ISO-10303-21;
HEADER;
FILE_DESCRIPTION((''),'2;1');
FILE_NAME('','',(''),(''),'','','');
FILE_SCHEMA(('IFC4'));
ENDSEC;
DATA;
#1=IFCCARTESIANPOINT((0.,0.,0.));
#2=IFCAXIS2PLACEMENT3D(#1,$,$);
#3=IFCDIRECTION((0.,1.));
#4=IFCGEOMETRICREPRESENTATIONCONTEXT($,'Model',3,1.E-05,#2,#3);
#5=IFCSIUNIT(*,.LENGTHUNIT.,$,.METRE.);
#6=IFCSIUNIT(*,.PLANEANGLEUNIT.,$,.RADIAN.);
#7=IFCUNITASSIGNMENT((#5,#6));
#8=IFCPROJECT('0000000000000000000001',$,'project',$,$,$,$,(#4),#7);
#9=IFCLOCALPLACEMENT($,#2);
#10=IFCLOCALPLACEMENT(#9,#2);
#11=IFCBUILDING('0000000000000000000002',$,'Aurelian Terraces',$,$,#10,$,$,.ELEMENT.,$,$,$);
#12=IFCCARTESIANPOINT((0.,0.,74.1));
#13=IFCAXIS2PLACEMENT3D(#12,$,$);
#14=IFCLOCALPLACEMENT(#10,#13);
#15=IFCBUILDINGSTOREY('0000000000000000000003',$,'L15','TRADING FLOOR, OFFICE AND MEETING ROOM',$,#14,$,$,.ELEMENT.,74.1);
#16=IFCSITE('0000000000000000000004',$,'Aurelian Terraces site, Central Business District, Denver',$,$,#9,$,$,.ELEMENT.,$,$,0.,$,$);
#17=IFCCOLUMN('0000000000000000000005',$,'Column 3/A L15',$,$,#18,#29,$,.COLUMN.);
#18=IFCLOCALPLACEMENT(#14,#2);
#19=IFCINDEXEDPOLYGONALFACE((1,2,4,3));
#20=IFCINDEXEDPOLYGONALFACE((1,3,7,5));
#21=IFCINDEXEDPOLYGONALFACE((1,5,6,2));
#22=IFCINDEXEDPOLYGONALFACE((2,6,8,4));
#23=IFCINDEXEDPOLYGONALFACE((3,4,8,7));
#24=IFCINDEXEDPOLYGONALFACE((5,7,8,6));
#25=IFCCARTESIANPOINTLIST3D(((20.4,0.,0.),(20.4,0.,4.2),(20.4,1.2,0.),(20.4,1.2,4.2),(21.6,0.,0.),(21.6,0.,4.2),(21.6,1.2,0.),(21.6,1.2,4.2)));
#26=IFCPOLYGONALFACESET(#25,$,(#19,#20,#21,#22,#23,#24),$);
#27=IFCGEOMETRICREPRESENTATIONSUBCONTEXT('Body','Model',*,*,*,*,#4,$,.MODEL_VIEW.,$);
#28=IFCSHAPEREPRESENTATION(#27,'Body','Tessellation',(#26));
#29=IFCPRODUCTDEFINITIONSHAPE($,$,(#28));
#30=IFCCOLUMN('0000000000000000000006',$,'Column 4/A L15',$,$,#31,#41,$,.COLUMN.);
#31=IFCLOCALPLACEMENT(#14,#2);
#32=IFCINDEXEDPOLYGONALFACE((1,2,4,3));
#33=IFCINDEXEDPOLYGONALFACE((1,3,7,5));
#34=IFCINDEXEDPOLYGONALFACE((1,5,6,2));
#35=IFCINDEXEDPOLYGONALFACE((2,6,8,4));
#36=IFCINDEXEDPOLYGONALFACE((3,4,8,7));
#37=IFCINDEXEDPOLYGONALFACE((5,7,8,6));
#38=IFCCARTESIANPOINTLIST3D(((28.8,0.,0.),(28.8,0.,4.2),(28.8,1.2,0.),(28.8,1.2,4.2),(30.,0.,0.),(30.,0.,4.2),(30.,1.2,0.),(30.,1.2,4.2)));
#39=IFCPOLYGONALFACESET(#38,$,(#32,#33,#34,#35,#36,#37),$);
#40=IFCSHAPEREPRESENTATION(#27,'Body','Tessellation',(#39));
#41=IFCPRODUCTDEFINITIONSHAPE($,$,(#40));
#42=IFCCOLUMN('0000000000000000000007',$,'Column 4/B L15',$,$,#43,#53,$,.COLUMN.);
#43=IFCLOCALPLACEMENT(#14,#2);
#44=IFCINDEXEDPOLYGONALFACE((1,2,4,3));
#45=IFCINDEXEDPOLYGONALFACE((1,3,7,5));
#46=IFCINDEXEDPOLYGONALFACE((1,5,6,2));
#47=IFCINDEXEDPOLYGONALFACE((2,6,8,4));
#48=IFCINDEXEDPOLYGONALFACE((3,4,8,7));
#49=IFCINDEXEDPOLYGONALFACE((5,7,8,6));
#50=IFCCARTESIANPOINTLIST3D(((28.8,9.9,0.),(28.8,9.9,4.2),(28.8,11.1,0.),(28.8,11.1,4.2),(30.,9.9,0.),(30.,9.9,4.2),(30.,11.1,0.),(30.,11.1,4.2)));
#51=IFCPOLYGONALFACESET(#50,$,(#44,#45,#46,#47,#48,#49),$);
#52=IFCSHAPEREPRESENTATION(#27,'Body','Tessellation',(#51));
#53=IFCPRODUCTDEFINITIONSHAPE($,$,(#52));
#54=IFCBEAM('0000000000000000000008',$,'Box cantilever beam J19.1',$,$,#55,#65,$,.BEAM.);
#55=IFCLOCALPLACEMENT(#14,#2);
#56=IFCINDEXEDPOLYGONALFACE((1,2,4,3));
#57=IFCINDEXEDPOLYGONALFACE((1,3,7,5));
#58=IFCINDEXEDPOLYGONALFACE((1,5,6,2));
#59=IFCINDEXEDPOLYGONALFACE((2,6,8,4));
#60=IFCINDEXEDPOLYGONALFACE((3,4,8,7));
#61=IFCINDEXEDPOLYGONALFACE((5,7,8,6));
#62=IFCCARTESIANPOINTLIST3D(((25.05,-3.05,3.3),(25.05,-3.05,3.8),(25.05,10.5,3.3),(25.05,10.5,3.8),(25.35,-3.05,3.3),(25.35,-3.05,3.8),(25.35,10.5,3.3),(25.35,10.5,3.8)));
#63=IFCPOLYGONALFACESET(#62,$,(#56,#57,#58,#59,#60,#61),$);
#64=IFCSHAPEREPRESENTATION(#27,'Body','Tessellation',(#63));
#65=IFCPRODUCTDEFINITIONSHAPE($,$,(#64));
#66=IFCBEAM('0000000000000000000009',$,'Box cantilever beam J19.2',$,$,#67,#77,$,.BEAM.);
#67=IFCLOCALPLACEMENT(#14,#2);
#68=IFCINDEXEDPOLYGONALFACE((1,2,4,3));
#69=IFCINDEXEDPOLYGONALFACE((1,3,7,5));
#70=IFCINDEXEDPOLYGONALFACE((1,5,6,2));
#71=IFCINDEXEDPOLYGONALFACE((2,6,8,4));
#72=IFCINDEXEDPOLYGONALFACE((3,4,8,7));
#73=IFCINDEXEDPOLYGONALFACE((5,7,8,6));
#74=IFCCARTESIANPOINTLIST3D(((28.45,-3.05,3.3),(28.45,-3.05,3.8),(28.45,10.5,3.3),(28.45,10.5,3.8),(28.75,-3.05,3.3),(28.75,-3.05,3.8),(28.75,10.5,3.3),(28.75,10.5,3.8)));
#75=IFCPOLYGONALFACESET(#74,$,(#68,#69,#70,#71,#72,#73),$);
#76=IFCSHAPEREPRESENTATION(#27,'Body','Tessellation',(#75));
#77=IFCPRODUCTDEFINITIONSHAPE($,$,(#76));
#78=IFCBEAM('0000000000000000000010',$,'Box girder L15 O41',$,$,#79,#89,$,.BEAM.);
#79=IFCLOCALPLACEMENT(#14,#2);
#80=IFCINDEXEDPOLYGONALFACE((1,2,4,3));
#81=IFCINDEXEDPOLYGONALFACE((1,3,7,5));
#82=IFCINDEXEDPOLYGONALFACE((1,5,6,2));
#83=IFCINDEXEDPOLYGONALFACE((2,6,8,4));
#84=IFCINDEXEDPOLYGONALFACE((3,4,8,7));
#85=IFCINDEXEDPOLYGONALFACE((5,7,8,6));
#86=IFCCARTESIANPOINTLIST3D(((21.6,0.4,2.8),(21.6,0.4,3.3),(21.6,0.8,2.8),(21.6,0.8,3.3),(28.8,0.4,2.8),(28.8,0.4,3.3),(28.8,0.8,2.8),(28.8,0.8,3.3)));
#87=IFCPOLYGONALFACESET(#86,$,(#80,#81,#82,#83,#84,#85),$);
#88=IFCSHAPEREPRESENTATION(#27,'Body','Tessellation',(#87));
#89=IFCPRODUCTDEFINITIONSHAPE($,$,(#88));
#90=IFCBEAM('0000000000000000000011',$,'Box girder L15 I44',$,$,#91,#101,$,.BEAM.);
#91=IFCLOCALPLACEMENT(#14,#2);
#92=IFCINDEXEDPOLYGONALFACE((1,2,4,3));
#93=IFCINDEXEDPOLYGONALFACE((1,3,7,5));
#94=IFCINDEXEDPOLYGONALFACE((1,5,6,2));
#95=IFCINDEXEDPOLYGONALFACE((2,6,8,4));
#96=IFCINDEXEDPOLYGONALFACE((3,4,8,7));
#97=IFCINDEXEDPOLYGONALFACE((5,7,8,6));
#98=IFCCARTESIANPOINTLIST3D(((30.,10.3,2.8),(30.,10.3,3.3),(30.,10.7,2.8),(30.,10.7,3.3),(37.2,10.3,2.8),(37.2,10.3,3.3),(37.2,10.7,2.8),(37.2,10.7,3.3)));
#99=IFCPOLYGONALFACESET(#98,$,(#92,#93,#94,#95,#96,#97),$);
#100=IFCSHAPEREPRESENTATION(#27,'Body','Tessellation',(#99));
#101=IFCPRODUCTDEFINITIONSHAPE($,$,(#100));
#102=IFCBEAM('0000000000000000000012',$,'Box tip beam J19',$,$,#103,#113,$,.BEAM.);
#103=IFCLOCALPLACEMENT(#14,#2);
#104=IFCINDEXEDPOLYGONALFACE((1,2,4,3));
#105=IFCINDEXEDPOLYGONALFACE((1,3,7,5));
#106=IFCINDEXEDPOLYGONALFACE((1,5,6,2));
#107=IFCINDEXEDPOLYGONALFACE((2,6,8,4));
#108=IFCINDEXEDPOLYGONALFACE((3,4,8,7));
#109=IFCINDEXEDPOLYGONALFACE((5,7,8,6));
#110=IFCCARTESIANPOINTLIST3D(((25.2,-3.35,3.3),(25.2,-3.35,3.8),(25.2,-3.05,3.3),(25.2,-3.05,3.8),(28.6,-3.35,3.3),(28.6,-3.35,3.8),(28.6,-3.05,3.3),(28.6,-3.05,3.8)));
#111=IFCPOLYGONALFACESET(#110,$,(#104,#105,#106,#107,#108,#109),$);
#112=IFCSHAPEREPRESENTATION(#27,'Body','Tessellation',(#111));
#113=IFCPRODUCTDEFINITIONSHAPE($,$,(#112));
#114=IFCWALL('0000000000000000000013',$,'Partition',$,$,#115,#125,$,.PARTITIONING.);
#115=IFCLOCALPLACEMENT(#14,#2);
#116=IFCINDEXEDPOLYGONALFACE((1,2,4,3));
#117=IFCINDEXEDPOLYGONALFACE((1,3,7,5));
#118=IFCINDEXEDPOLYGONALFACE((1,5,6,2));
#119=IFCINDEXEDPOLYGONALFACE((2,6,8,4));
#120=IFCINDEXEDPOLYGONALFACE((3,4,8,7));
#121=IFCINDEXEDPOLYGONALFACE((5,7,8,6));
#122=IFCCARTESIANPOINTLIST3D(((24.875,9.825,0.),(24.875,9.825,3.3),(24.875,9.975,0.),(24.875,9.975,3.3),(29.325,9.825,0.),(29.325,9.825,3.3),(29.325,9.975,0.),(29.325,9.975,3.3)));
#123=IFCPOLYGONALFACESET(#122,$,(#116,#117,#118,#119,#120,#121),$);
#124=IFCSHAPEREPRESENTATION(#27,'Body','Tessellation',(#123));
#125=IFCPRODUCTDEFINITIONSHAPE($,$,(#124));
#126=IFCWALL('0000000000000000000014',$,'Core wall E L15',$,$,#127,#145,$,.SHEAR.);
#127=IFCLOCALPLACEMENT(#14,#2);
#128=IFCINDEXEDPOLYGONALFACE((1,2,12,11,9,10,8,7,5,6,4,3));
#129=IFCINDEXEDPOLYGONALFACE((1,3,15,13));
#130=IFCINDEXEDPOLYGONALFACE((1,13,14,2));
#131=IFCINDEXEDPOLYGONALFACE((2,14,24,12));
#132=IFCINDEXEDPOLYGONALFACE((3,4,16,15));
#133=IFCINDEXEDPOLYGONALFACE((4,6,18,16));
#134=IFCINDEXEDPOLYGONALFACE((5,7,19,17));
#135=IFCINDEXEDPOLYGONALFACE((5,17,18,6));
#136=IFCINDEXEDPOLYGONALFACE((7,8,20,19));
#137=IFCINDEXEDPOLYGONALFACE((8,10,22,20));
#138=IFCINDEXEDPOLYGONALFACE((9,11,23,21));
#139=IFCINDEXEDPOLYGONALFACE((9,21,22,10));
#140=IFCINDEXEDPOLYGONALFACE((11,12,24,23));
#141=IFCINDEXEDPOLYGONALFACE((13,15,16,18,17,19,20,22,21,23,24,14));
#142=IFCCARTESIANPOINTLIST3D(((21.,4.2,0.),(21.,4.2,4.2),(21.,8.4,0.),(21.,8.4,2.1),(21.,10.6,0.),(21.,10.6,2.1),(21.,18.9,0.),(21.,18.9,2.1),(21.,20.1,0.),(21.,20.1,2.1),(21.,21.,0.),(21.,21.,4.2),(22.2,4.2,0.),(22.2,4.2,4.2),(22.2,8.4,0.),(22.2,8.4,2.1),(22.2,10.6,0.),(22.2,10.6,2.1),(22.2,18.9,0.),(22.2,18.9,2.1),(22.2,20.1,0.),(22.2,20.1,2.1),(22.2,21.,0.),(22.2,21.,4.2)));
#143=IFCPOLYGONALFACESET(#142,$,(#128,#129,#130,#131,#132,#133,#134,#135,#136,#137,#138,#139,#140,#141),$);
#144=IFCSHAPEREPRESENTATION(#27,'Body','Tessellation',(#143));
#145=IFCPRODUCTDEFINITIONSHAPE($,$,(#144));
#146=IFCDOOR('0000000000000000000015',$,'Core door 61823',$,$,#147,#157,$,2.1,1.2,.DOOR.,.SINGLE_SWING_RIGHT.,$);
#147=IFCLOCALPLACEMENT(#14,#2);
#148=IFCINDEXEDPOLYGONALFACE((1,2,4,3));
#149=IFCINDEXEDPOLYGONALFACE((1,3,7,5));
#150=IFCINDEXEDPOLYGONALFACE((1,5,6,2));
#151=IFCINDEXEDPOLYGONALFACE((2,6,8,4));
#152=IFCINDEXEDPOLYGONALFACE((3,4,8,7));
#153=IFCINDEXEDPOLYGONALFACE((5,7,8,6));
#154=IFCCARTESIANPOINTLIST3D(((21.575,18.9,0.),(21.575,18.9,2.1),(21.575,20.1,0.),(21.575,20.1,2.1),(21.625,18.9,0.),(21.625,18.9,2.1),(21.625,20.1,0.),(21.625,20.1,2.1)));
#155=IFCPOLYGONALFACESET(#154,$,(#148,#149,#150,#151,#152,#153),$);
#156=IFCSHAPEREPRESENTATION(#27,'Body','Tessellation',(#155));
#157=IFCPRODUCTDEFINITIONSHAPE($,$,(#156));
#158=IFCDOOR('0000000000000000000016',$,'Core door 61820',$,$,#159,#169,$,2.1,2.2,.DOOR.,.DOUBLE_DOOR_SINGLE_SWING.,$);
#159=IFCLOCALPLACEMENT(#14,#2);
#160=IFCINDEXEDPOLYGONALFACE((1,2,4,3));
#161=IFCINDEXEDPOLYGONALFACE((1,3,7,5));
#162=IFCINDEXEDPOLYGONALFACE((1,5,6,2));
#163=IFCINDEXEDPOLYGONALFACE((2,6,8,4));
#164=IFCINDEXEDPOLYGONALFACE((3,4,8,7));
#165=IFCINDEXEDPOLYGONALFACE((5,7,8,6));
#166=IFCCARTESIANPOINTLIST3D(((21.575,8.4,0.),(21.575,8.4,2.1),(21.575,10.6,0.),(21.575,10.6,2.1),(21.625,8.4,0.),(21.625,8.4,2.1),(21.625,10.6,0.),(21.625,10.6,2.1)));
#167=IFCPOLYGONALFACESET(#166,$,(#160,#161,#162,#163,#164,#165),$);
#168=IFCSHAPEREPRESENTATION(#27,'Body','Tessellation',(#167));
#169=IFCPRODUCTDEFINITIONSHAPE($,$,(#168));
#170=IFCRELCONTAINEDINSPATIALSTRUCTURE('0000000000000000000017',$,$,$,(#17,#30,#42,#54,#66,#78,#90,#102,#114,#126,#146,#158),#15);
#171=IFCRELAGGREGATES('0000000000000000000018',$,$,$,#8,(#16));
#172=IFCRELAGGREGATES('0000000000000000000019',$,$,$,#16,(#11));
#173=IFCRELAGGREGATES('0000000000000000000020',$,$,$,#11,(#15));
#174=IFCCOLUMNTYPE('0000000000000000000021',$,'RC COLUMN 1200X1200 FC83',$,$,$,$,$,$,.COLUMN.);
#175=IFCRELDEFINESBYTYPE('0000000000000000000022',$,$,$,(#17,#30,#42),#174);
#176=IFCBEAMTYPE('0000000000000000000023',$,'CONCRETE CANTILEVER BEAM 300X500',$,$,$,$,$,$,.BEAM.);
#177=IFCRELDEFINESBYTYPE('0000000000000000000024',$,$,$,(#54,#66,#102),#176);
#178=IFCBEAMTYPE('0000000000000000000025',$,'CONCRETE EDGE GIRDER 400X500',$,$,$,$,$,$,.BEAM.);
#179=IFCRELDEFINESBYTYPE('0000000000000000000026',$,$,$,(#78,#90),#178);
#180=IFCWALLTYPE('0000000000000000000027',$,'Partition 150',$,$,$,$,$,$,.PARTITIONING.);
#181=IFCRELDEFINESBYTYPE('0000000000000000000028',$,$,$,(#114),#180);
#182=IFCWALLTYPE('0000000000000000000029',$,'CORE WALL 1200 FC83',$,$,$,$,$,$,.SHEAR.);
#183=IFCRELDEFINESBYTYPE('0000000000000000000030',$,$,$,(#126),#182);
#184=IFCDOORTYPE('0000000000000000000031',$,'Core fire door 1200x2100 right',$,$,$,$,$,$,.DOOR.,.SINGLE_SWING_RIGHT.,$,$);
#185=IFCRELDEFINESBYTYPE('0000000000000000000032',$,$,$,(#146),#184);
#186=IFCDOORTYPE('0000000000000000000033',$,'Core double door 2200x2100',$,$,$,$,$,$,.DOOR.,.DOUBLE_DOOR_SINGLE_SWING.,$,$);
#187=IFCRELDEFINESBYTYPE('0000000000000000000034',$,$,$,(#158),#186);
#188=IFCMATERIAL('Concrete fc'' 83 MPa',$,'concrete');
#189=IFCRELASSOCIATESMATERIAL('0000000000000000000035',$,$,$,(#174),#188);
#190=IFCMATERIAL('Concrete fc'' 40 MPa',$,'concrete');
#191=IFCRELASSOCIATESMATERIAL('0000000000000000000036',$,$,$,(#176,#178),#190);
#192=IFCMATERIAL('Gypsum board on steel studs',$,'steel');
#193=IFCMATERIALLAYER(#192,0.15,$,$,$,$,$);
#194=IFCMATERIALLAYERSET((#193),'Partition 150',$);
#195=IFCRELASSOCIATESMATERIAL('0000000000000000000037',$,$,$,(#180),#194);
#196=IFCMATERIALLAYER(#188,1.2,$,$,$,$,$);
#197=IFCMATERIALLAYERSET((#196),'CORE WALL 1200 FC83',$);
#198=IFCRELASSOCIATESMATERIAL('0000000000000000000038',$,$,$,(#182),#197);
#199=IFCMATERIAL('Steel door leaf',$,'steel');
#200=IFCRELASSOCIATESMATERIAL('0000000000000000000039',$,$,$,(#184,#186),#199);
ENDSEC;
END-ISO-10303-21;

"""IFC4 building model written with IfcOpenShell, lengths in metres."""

from ifc_helpers import new_model, si_unit, direction, frame, frame_2d, origin, origin_2d, place, context, subcontext, project, spatial, rectangle, extrude, source, transform, mapped, material, layer, layer_set, material_profile, profile_set, type_object, element, fill, save


model = new_model("IFC4")

# Units and contexts
model_context = context("Model", 3, precision=1e-05, world=origin(), true_north=direction((0.0, 1.0)))
body_context = subcontext(model_context, "Body", "Model", "MODEL_VIEW")
ifc_project = project(units=[si_unit("LENGTHUNIT", "METRE"), si_unit("PLANEANGLEUNIT", "RADIAN")], contexts=[model_context])

# Site, building, storey
site_placement = place(None, origin())
site = spatial("IfcSite", under=ifc_project, at=site_placement, Name="Aurelian Terraces site, Central Business District, Denver", CompositionType="ELEMENT", RefElevation=0.0)
building_placement = place(site_placement, origin())
building = spatial("IfcBuilding", under=site, at=building_placement, Name="Aurelian Terraces", CompositionType="ELEMENT")
storey_placement = place(building_placement, frame((0.0, 0.0, 74.1)))
storey = spatial("IfcBuildingStorey", under=building, at=storey_placement, Name="L15", Description="TRADING FLOOR, OFFICE AND MEETING ROOM", CompositionType="ELEMENT", Elevation=74.1)

# Columns
ifc_material_1 = material(Name="Concrete fc' 83 MPa", Category="concrete")
ifc_material_profile_1 = material_profile(ifc_material_1, rectangle(XDim=1.2, YDim=1.2, at=origin_2d()))
ifc_profile_set_1 = profile_set([ifc_material_profile_1], Name="Concrete fc' 83 MPa")
column_type = type_object("IfcColumnType", Name="RC COLUMN 1200X1200 FC83", PredefinedType="COLUMN", material=ifc_profile_set_1)
shared_shape_1 = source(origin(), body_context, "Body", "SweptSolid", [
    extrude(rectangle(XDim=1.2, YDim=1.2, at=origin_2d()), origin(), (0.0, 0.0, 1.0), 4.2),
])
for number, where, z_axis, x_axis, name in (
    (1, (21.0, 0.6, 0.0), (0.0, 0.0, 1.0), (1.0, 0.0, 0.0), "Column 3/A L15"),
    (2, (29.4, 0.6, 0.0), (0.0, 0.0, 1.0), (1.0, 0.0, 0.0), "Column 4/A L15"),
    (3, (29.4, 10.5, 0.0), (0.0, 0.0, 1.0), (1.0, 0.0, 0.0), "Column 4/B L15"),
):
    element("IfcColumn", number, at=place(storey_placement, frame(where, z_axis=z_axis, x_axis=x_axis)), inside=storey, type_object=column_type, Name=name, PredefinedType="COLUMN", context=body_context, shape_type="MappedRepresentation", body=[
        mapped(shared_shape_1, transform((0.0, 0.0, 0.0), scale=1.0)),
    ])

# Beams
ifc_material_2 = material(Name="Concrete fc' 40 MPa", Category="concrete")
ifc_material_profile_2 = material_profile(ifc_material_2, rectangle(XDim=0.3, YDim=0.5, at=origin_2d()))
ifc_profile_set_2 = profile_set([ifc_material_profile_2], Name="Concrete fc' 40 MPa")
beam_type_1 = type_object("IfcBeamType", Name="CONCRETE CANTILEVER BEAM 300X500", PredefinedType="BEAM", material=ifc_profile_set_2)
shared_shape_2 = source(origin(), body_context, "Body", "SweptSolid", [
    extrude(rectangle(XDim=0.3, YDim=0.5, at=origin_2d()), origin(), (0.0, 0.0, 1.0), 13.55),
])
for number, where, z_axis, x_axis, name in (
    (4, (25.2, -3.05, 3.55), (0.0, 1.0, 0.0), (-1.0, 0.0, 0.0), "Box cantilever beam J19.1"),
    (5, (28.6, -3.05, 3.55), (0.0, 1.0, 0.0), (-1.0, 0.0, 0.0), "Box cantilever beam J19.2"),
):
    element("IfcBeam", number, at=place(storey_placement, frame(where, z_axis=z_axis, x_axis=x_axis)), inside=storey, type_object=beam_type_1, Name=name, PredefinedType="BEAM", context=body_context, shape_type="MappedRepresentation", body=[
        mapped(shared_shape_2, transform((0.0, 0.0, 0.0), scale=1.0)),
    ])
ifc_material_profile_3 = material_profile(ifc_material_2, rectangle(XDim=0.4, YDim=0.5, at=origin_2d()))
ifc_profile_set_3 = profile_set([ifc_material_profile_3], Name="Concrete fc' 40 MPa")
beam_type_2 = type_object("IfcBeamType", Name="CONCRETE EDGE GIRDER 400X500", PredefinedType="BEAM", material=ifc_profile_set_3)
shared_shape_3 = source(origin(), body_context, "Body", "SweptSolid", [
    extrude(rectangle(XDim=0.4, YDim=0.5, at=origin_2d()), origin(), (0.0, 0.0, 1.0), 7.2),
])
for number, where, z_axis, x_axis, name in (
    (6, (21.6, 0.6, 3.05), (1.0, 0.0, 0.0), (0.0, 1.0, 0.0), "Box girder L15 O41"),
    (7, (30.0, 10.5, 3.05), (1.0, 0.0, 0.0), (0.0, 1.0, 0.0), "Box girder L15 I44"),
):
    element("IfcBeam", number, at=place(storey_placement, frame(where, z_axis=z_axis, x_axis=x_axis)), inside=storey, type_object=beam_type_2, Name=name, PredefinedType="BEAM", context=body_context, shape_type="MappedRepresentation", body=[
        mapped(shared_shape_3, transform((0.0, 0.0, 0.0), scale=1.0)),
    ])
shared_shape_4 = source(origin(), body_context, "Body", "SweptSolid", [
    extrude(rectangle(XDim=0.3, YDim=0.5, at=origin_2d()), origin(), (0.0, 0.0, 1.0), 3.4),
])
beam_placement = place(storey_placement, frame((25.2, -3.2, 3.55), z_axis=(1.0, 0.0, 0.0), x_axis=(0.0, 1.0, 0.0)))
element("IfcBeam", 8, at=beam_placement, inside=storey, type_object=beam_type_1, Name="Box tip beam J19", PredefinedType="BEAM", context=body_context, shape_type="MappedRepresentation", body=[
    mapped(shared_shape_4, transform((0.0, 0.0, 0.0), scale=1.0)),
])

# Wall
ifc_material_3 = material(Name="Gypsum board on steel studs", Category="steel")
ifc_layer_1 = layer(ifc_material_3, 0.15)
ifc_layer_set_1 = layer_set([ifc_layer_1], Name="Partition 150")
wall_type_1 = type_object("IfcWallType", Name="Partition 150", PredefinedType="PARTITIONING", material=ifc_layer_set_1)
wall_1_placement = place(storey_placement, frame((29.325, 9.9, 0.0), z_axis=(0.0, 0.0, 1.0), x_axis=(-1.0, 0.0, 0.0)))
element("IfcWall", 9, at=wall_1_placement, inside=storey, type_object=wall_type_1, Name="Partition", PredefinedType="PARTITIONING", context=body_context, shape_type="SweptSolid", body=[
    extrude(rectangle(XDim=4.45, YDim=0.15, at=frame_2d((2.225, 0.0))), origin(), (0.0, 0.0, 1.0), 3.3),
])

# Wall, openings, doors
ifc_layer_2 = layer(ifc_material_1, 1.2)
ifc_layer_set_2 = layer_set([ifc_layer_2], Name="CORE WALL 1200 FC83")
wall_type_2 = type_object("IfcWallType", Name="CORE WALL 1200 FC83", PredefinedType="SHEAR", material=ifc_layer_set_2)
shared_shape_5 = source(origin(), body_context, "Body", "SweptSolid", [
    extrude(rectangle(XDim=16.8, YDim=1.2, at=frame_2d((8.4, 0.0))), origin(), (0.0, 0.0, 1.0), 4.2),
])
wall_2_placement = place(storey_placement, frame((21.6, 4.2, 0.0), z_axis=(0.0, 0.0, 1.0), x_axis=(0.0, 1.0, 0.0)))
wall_2 = element("IfcWall", 10, at=wall_2_placement, inside=storey, type_object=wall_type_2, Name="Core wall E L15", PredefinedType="SHEAR", context=body_context, shape_type="MappedRepresentation", body=[
    mapped(shared_shape_5, transform((0.0, 0.0, 0.0), scale=1.0)),
])
shared_shape_6 = source(origin(), body_context, "Body", "SweptSolid", [
    extrude(rectangle(XDim=2.2, YDim=2.1, at=frame_2d((1.1, 1.05))), frame((0.0, 0.61, 0.0), z_axis=(0.0, -1.0, 0.0), x_axis=(1.0, 0.0, 0.0)), (0.0, 0.0, 1.0), 1.22),
])
opening_1_placement = place(wall_2_placement, frame((4.2, 0.0, 0.0)))
opening_1 = element("IfcOpeningElement", 11, at=opening_1_placement, cuts=wall_2, PredefinedType="OPENING", context=body_context, shape_type="MappedRepresentation", body=[
    mapped(shared_shape_6, transform((0.0, 0.0, 0.0), scale=1.0)),
])
shared_shape_7 = source(origin(), body_context, "Body", "SweptSolid", [
    extrude(rectangle(XDim=1.2, YDim=2.1, at=frame_2d((0.6, 1.05))), frame((0.0, 0.61, 0.0), z_axis=(0.0, -1.0, 0.0), x_axis=(1.0, 0.0, 0.0)), (0.0, 0.0, 1.0), 1.22),
])
opening_2_placement = place(wall_2_placement, frame((14.7, 0.0, 0.0)))
opening_2 = element("IfcOpeningElement", 12, at=opening_2_placement, cuts=wall_2, PredefinedType="OPENING", context=body_context, shape_type="MappedRepresentation", body=[
    mapped(shared_shape_7, transform((0.0, 0.0, 0.0), scale=1.0)),
])
ifc_material_4 = material(Name="Steel door leaf", Category="steel")
door_type_1 = type_object("IfcDoorType", Name="Core fire door 1200x2100 right", OperationType="SINGLE_SWING_RIGHT", PredefinedType="DOOR", material=ifc_material_4)
shared_shape_8 = source(origin(), body_context, "Body", "SweptSolid", [
    extrude(rectangle(XDim=1.2, YDim=2.1, at=frame_2d((0.6, 1.05))), frame((0.0, 0.025, 0.0), z_axis=(0.0, -1.0, 0.0), x_axis=(1.0, 0.0, 0.0)), (0.0, 0.0, 1.0), 0.05),
])
door_1_placement = place(opening_2_placement, origin())
door_1 = element("IfcDoor", 13, at=door_1_placement, inside=storey, type_object=door_type_1, Name="Core door 61823", OperationType="SINGLE_SWING_RIGHT", OverallHeight=2.1, OverallWidth=1.2, PredefinedType="DOOR", context=body_context, shape_type="MappedRepresentation", body=[
    mapped(shared_shape_8, transform((0.0, 0.0, 0.0), scale=1.0)),
])
fill(opening_2, door_1)
door_type_2 = type_object("IfcDoorType", Name="Core double door 2200x2100", OperationType="DOUBLE_DOOR_SINGLE_SWING", PredefinedType="DOOR", material=ifc_material_4)
shared_shape_9 = source(origin(), body_context, "Body", "SweptSolid", [
    extrude(rectangle(XDim=2.2, YDim=2.1, at=frame_2d((1.1, 1.05))), frame((0.0, 0.025, 0.0), z_axis=(0.0, -1.0, 0.0), x_axis=(1.0, 0.0, 0.0)), (0.0, 0.0, 1.0), 0.05),
])
door_2_placement = place(opening_1_placement, origin())
door_2 = element("IfcDoor", 14, at=door_2_placement, inside=storey, type_object=door_type_2, Name="Core door 61820", OperationType="DOUBLE_DOOR_SINGLE_SWING", OverallHeight=2.1, OverallWidth=2.2, PredefinedType="DOOR", context=body_context, shape_type="MappedRepresentation", body=[
    mapped(shared_shape_9, transform((0.0, 0.0, 0.0), scale=1.0)),
])
fill(opening_1, door_2)

save(model, "model.ifc")
